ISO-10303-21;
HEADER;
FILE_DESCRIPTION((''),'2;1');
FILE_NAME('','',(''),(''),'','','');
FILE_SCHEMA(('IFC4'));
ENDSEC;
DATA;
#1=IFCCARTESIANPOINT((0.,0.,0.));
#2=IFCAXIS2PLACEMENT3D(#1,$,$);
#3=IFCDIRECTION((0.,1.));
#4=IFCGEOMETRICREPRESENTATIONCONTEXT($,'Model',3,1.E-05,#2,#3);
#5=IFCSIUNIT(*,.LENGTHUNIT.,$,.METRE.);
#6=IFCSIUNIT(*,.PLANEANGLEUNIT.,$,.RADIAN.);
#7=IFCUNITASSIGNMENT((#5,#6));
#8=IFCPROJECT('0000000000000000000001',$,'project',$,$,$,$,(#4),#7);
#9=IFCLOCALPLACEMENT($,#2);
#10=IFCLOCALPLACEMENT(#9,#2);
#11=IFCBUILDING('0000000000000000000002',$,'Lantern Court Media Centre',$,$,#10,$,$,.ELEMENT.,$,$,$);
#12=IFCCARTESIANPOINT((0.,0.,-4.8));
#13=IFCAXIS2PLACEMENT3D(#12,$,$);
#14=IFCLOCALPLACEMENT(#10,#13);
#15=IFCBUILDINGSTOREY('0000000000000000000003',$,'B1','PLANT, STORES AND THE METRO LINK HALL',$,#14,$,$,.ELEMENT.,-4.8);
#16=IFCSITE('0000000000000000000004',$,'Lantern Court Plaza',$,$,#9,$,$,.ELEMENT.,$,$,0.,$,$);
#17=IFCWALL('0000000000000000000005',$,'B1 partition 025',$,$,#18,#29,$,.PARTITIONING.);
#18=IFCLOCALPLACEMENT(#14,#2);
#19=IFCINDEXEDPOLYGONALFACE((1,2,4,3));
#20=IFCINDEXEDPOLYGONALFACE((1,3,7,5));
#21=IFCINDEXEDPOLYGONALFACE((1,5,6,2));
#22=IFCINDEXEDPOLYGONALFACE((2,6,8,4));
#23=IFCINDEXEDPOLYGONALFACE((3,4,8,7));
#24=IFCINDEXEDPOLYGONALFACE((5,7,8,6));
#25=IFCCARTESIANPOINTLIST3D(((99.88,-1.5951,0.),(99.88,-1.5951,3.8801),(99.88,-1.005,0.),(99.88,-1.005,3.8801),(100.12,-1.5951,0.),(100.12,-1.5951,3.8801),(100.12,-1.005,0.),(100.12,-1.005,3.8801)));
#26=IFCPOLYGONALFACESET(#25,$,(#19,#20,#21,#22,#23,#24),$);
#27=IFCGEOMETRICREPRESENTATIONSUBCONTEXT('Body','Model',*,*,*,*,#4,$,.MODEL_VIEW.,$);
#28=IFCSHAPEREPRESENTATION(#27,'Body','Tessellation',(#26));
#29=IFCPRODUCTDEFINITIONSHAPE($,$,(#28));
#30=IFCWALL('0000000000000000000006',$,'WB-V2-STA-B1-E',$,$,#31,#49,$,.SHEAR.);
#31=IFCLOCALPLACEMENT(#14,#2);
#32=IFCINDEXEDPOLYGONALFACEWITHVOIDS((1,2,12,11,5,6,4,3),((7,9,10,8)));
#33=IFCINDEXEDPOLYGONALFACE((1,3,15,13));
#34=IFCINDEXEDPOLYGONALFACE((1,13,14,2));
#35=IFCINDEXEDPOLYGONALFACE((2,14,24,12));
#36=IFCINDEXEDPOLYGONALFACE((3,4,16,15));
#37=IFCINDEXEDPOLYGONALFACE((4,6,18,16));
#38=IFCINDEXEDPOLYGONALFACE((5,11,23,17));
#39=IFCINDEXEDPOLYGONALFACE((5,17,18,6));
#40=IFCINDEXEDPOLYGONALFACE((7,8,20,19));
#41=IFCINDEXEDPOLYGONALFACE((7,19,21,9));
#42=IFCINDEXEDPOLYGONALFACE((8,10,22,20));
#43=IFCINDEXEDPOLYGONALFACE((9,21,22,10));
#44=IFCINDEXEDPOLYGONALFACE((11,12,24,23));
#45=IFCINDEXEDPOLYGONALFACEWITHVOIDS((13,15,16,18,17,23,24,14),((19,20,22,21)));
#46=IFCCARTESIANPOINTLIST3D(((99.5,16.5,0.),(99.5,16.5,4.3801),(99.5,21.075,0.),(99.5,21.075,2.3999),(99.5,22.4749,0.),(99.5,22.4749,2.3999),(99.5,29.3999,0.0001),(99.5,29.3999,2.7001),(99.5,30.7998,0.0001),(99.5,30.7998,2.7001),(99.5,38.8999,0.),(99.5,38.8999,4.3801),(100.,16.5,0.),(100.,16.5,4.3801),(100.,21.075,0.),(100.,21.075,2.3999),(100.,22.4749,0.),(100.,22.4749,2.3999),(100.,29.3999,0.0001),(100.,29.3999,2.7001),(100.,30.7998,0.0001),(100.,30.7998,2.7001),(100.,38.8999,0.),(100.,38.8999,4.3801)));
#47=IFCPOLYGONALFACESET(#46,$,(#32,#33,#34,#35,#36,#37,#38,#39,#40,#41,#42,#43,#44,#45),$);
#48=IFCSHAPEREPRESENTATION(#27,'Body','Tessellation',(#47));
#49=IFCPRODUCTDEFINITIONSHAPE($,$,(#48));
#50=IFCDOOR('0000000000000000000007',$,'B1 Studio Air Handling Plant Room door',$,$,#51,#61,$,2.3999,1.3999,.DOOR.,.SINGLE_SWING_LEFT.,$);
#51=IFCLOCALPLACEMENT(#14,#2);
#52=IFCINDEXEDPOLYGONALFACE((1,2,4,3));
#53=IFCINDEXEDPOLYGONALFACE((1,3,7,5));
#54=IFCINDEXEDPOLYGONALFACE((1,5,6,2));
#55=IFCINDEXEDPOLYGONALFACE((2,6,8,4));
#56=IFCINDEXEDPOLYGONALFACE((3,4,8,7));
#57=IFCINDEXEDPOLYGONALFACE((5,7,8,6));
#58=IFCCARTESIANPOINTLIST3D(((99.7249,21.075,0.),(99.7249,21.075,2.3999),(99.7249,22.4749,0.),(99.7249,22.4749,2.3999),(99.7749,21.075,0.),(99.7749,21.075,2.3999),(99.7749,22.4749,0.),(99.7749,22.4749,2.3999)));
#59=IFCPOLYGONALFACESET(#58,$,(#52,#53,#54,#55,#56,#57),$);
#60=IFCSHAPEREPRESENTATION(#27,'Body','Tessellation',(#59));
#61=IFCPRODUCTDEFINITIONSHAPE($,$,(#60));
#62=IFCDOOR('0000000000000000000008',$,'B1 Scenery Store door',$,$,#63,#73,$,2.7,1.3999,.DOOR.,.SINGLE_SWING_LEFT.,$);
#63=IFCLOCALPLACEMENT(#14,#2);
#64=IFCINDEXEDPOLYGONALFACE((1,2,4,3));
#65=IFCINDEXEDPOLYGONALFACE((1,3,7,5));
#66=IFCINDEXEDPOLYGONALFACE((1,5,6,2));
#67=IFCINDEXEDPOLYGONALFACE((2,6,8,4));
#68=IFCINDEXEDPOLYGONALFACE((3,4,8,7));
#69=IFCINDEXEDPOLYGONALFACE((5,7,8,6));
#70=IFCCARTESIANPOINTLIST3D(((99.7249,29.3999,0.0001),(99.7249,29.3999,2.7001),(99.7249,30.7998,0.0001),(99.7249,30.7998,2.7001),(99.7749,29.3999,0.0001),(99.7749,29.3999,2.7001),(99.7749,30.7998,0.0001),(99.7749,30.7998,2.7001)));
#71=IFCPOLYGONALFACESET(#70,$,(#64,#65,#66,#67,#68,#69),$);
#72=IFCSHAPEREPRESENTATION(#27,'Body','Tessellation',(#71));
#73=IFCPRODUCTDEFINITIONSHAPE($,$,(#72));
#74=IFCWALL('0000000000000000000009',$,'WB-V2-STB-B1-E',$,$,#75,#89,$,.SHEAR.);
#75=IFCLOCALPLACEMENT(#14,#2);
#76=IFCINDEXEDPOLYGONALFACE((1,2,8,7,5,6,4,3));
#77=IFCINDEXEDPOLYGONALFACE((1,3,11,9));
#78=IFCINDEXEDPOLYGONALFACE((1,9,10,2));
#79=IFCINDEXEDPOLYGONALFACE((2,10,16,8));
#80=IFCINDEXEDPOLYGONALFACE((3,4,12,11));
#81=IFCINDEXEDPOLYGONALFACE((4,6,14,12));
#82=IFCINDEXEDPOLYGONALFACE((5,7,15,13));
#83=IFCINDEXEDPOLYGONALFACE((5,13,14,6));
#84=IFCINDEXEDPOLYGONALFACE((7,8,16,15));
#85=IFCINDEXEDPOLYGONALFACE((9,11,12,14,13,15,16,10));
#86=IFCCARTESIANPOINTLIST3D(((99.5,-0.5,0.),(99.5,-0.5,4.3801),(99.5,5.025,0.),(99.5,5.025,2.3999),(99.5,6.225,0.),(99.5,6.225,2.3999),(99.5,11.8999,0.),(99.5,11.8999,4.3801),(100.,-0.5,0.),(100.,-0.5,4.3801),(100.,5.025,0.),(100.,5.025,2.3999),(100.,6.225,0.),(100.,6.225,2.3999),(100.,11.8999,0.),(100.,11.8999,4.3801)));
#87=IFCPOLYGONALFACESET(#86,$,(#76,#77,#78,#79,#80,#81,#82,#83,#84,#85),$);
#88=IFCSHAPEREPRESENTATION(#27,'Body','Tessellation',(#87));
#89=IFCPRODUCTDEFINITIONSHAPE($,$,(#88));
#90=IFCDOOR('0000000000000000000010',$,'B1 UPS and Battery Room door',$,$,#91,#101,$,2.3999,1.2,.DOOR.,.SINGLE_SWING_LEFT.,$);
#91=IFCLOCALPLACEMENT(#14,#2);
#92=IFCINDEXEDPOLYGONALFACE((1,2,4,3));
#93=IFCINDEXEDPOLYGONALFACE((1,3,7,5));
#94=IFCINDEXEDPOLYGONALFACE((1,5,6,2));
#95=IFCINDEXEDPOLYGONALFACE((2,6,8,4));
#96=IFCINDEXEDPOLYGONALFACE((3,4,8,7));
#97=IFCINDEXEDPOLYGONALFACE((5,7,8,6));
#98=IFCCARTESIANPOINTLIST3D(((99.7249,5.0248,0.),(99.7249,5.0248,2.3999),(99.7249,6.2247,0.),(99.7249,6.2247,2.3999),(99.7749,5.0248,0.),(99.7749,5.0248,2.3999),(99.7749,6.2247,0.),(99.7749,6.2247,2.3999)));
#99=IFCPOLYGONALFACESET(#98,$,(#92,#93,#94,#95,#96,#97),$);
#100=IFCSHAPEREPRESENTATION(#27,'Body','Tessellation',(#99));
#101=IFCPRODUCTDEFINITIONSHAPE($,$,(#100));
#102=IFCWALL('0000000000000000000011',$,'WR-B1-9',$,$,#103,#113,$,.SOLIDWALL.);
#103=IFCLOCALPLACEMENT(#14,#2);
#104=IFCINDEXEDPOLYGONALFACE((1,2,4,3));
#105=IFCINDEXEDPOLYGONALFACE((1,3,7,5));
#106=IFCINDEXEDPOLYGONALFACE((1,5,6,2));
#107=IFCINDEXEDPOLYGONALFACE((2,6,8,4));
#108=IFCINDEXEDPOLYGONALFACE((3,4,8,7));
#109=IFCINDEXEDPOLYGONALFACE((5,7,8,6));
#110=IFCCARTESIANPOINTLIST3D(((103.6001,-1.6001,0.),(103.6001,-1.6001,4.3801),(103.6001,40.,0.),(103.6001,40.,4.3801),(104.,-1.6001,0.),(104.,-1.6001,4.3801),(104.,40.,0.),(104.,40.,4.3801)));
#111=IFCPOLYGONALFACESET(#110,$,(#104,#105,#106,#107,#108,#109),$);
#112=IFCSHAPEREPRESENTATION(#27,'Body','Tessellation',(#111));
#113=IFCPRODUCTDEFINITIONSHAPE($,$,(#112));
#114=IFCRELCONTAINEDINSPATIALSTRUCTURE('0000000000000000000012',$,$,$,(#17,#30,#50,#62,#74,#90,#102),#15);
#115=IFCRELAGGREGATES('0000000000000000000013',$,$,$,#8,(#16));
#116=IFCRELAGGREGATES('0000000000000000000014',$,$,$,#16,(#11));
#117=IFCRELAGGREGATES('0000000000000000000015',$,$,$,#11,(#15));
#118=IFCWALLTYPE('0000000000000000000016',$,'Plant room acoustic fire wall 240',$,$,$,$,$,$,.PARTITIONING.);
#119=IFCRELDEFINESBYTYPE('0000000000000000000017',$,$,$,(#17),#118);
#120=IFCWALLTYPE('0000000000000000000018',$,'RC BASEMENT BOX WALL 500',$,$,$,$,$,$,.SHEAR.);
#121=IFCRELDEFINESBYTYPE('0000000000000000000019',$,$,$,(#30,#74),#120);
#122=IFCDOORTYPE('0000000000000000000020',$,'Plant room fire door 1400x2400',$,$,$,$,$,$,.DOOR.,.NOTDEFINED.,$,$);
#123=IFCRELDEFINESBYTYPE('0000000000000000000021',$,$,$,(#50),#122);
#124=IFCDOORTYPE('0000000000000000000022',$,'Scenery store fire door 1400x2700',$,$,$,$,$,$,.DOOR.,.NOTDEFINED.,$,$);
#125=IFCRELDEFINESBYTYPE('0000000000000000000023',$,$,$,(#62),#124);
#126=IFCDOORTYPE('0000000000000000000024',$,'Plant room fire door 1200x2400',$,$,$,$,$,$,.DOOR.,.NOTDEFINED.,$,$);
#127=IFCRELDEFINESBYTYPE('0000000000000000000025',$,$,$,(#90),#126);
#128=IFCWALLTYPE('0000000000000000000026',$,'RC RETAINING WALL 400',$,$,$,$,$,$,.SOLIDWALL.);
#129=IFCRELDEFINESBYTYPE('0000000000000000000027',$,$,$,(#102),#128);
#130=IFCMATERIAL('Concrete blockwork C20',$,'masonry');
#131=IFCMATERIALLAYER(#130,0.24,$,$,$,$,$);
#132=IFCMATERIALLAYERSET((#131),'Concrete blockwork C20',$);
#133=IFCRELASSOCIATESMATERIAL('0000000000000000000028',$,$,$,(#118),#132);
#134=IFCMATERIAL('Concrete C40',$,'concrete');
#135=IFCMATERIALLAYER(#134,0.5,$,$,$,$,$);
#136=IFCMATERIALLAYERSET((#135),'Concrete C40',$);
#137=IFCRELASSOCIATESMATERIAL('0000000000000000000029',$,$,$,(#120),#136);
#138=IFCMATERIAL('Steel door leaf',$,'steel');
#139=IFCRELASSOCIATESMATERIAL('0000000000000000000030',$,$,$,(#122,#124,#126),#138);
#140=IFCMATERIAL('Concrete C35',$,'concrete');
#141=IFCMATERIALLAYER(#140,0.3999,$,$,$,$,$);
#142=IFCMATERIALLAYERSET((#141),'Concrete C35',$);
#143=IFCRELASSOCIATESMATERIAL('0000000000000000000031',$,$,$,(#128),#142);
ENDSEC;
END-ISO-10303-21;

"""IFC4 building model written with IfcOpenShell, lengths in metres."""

from ifc_helpers import new_model, si_unit, direction, frame, frame_2d, origin, place, context, subcontext, project, spatial, rectangle, extrude, material, layer, layer_set, type_object, element, fill, save


model = new_model("IFC4")

# Units and contexts
model_context = context("Model", 3, precision=1e-05, world=origin(), true_north=direction((0.0, 1.0)))
body_context = subcontext(model_context, "Body", "Model", "MODEL_VIEW")
ifc_project = project(units=[si_unit("LENGTHUNIT", "METRE"), si_unit("PLANEANGLEUNIT", "RADIAN")], contexts=[model_context])

# Site, building, storey
site_placement = place(None, origin())
site = spatial("IfcSite", under=ifc_project, at=site_placement, Name="Lantern Court Plaza", CompositionType="ELEMENT", RefElevation=0.0)
building_placement = place(site_placement, origin())
building = spatial("IfcBuilding", under=site, at=building_placement, Name="Lantern Court Media Centre", CompositionType="ELEMENT")
storey_placement = place(building_placement, frame((0.0, 0.0, -4.8)))
storey = spatial("IfcBuildingStorey", under=building, at=storey_placement, Name="B1", Description="PLANT, STORES AND THE METRO LINK HALL", CompositionType="ELEMENT", Elevation=-4.8)

# Shared definitions
ifc_material_1 = material(Name="Concrete C35", Category="concrete")

# Wall
ifc_material_2 = material(Name="Concrete blockwork C20", Category="masonry")
ifc_layer_1 = layer(ifc_material_2, 0.24)
ifc_layer_set_1 = layer_set([ifc_layer_1], Name="Concrete blockwork C20")
wall_type_1 = type_object("IfcWallType", Name="Plant room acoustic fire wall 240", PredefinedType="PARTITIONING", material=ifc_layer_set_1)
wall_1_placement = place(storey_placement, frame((100.0, -1.595, 0.0), z_axis=(0.0, 0.0, 1.0), x_axis=(0.0, 1.0, 0.0)))
element("IfcWall", 1, at=wall_1_placement, inside=storey, type_object=wall_type_1, Name="B1 partition 025", PredefinedType="PARTITIONING", context=body_context, shape_type="SweptSolid", body=[
    extrude(rectangle(XDim=0.5901, YDim=0.24, at=frame_2d((0.2949, 0.0))), origin(), (0.0, 0.0, 1.0), 3.8801),
])

# Wall, openings, doors
ifc_material_3 = material(Name="Concrete C40", Category="concrete")
ifc_layer_2 = layer(ifc_material_3, 0.5)
ifc_layer_set_2 = layer_set([ifc_layer_2], Name="Concrete C40")
wall_type_2 = type_object("IfcWallType", Name="RC BASEMENT BOX WALL 500", PredefinedType="SHEAR", material=ifc_layer_set_2)
wall_2_placement = place(storey_placement, frame((99.75, 16.5, 0.0), z_axis=(0.0, 0.0, 1.0), x_axis=(0.0, 1.0, 0.0)))
wall_2 = element("IfcWall", 2, at=wall_2_placement, inside=storey, type_object=wall_type_2, Name="WB-V2-STA-B1-E", PredefinedType="SHEAR", context=body_context, shape_type="SweptSolid", body=[
    extrude(rectangle(XDim=22.3999, YDim=0.5, at=frame_2d((11.2, 0.0))), origin(), (0.0, 0.0, 1.0), 4.3801),
])
opening_1_placement = place(wall_2_placement, frame((4.575, 0.0, 0.0)))
opening_1 = element("IfcOpeningElement", 3, at=opening_1_placement, cuts=wall_2, PredefinedType="OPENING", context=body_context, shape_type="SweptSolid", body=[
    extrude(rectangle(XDim=1.3999, YDim=2.3999, at=frame_2d((0.7, 1.2))), frame((0.0, 0.26, 0.0), z_axis=(0.0, -1.0, 0.0), x_axis=(1.0, 0.0, 0.0)), (0.0, 0.0, 1.0), 0.52),
])
opening_2_placement = place(wall_2_placement, frame((12.8999, 0.0, 0.0)))
opening_2 = element("IfcOpeningElement", 4, at=opening_2_placement, cuts=wall_2, PredefinedType="OPENING", context=body_context, shape_type="SweptSolid", body=[
    extrude(rectangle(XDim=1.3999, YDim=2.7, at=frame_2d((0.7, 1.3501))), frame((0.0, 0.26, 0.0), z_axis=(0.0, -1.0, 0.0), x_axis=(1.0, 0.0, 0.0)), (0.0, 0.0, 1.0), 0.52),
])
ifc_material_4 = material(Name="Steel door leaf", Category="steel")
door_type_1 = type_object("IfcDoorType", Name="Plant room fire door 1400x2400", OperationType="NOTDEFINED", PredefinedType="DOOR", material=ifc_material_4)
door_1_placement = place(opening_1_placement, frame((1.3999, 0.0, 0.0), z_axis=(0.0, 0.0, 1.0), x_axis=(-1.0, 0.0, 0.0)))
door_1 = element("IfcDoor", 5, at=door_1_placement, inside=storey, type_object=door_type_1, Name="B1 Studio Air Handling Plant Room door", OperationType="SINGLE_SWING_LEFT", OverallHeight=2.3999, OverallWidth=1.3999, PredefinedType="DOOR", context=body_context, shape_type="SweptSolid", body=[
    extrude(rectangle(XDim=1.3999, YDim=2.3999, at=frame_2d((0.7, 1.2))), frame((0.0, 0.0249, 0.0), z_axis=(0.0, -1.0, 0.0), x_axis=(1.0, 0.0, 0.0)), (0.0, 0.0, 1.0), 0.05),
])
fill(opening_1, door_1)
door_type_2 = type_object("IfcDoorType", Name="Scenery store fire door 1400x2700", OperationType="NOTDEFINED", PredefinedType="DOOR", material=ifc_material_4)
door_2_placement = place(opening_2_placement, frame((1.3999, 0.0, 0.0), z_axis=(0.0, 0.0, 1.0), x_axis=(-1.0, 0.0, 0.0)))
door_2 = element("IfcDoor", 6, at=door_2_placement, inside=storey, type_object=door_type_2, Name="B1 Scenery Store door", OperationType="SINGLE_SWING_LEFT", OverallHeight=2.7, OverallWidth=1.3999, PredefinedType="DOOR", context=body_context, shape_type="SweptSolid", body=[
    extrude(rectangle(XDim=1.3999, YDim=2.7, at=frame_2d((0.7, 1.3501))), frame((0.0, 0.0249, 0.0), z_axis=(0.0, -1.0, 0.0), x_axis=(1.0, 0.0, 0.0)), (0.0, 0.0, 1.0), 0.05),
])
fill(opening_2, door_2)

# Wall, opening, door
wall_3_placement = place(storey_placement, frame((99.75, -0.5, 0.0), z_axis=(0.0, 0.0, 1.0), x_axis=(0.0, 1.0, 0.0)))
wall_3 = element("IfcWall", 7, at=wall_3_placement, inside=storey, type_object=wall_type_2, Name="WB-V2-STB-B1-E", PredefinedType="SHEAR", context=body_context, shape_type="SweptSolid", body=[
    extrude(rectangle(XDim=12.3999, YDim=0.5, at=frame_2d((6.2, 0.0))), origin(), (0.0, 0.0, 1.0), 4.3801),
])
opening_3_placement = place(wall_3_placement, frame((5.5249, 0.0, 0.0)))
opening_3 = element("IfcOpeningElement", 8, at=opening_3_placement, cuts=wall_3, PredefinedType="OPENING", context=body_context, shape_type="SweptSolid", body=[
    extrude(rectangle(XDim=1.2, YDim=2.3999, at=frame_2d((0.6001, 1.2))), frame((0.0, 0.26, 0.0), z_axis=(0.0, -1.0, 0.0), x_axis=(1.0, 0.0, 0.0)), (0.0, 0.0, 1.0), 0.52),
])
door_type_3 = type_object("IfcDoorType", Name="Plant room fire door 1200x2400", OperationType="NOTDEFINED", PredefinedType="DOOR", material=ifc_material_4)
door_3_placement = place(opening_3_placement, frame((1.2, 0.0, 0.0), z_axis=(0.0, 0.0, 1.0), x_axis=(-1.0, 0.0, 0.0)))
door_3 = element("IfcDoor", 9, at=door_3_placement, inside=storey, type_object=door_type_3, Name="B1 UPS and Battery Room door", OperationType="SINGLE_SWING_LEFT", OverallHeight=2.3999, OverallWidth=1.2, PredefinedType="DOOR", context=body_context, shape_type="SweptSolid", body=[
    extrude(rectangle(XDim=1.2, YDim=2.3999, at=frame_2d((0.6001, 1.2))), frame((0.0, 0.0249, 0.0), z_axis=(0.0, -1.0, 0.0), x_axis=(1.0, 0.0, 0.0)), (0.0, 0.0, 1.0), 0.05),
])
fill(opening_3, door_3)

# Wall
ifc_layer_3 = layer(ifc_material_1, 0.3999)
ifc_layer_set_3 = layer_set([ifc_layer_3], Name="Concrete C35")
wall_type_3 = type_object("IfcWallType", Name="RC RETAINING WALL 400", PredefinedType="SOLIDWALL", material=ifc_layer_set_3)
wall_4_placement = place(storey_placement, frame((103.8, -1.6001, 0.0), z_axis=(0.0, 0.0, 1.0), x_axis=(0.0, 1.0, 0.0)))
element("IfcWall", 10, at=wall_4_placement, inside=storey, type_object=wall_type_3, Name="WR-B1-9", PredefinedType="SOLIDWALL", context=body_context, shape_type="SweptSolid", body=[
    extrude(rectangle(XDim=41.6001, YDim=0.3999, at=frame_2d((20.8, 0.0))), origin(), (0.0, 0.0, 1.0), 4.3801),
])

save(model, "model.ifc")
